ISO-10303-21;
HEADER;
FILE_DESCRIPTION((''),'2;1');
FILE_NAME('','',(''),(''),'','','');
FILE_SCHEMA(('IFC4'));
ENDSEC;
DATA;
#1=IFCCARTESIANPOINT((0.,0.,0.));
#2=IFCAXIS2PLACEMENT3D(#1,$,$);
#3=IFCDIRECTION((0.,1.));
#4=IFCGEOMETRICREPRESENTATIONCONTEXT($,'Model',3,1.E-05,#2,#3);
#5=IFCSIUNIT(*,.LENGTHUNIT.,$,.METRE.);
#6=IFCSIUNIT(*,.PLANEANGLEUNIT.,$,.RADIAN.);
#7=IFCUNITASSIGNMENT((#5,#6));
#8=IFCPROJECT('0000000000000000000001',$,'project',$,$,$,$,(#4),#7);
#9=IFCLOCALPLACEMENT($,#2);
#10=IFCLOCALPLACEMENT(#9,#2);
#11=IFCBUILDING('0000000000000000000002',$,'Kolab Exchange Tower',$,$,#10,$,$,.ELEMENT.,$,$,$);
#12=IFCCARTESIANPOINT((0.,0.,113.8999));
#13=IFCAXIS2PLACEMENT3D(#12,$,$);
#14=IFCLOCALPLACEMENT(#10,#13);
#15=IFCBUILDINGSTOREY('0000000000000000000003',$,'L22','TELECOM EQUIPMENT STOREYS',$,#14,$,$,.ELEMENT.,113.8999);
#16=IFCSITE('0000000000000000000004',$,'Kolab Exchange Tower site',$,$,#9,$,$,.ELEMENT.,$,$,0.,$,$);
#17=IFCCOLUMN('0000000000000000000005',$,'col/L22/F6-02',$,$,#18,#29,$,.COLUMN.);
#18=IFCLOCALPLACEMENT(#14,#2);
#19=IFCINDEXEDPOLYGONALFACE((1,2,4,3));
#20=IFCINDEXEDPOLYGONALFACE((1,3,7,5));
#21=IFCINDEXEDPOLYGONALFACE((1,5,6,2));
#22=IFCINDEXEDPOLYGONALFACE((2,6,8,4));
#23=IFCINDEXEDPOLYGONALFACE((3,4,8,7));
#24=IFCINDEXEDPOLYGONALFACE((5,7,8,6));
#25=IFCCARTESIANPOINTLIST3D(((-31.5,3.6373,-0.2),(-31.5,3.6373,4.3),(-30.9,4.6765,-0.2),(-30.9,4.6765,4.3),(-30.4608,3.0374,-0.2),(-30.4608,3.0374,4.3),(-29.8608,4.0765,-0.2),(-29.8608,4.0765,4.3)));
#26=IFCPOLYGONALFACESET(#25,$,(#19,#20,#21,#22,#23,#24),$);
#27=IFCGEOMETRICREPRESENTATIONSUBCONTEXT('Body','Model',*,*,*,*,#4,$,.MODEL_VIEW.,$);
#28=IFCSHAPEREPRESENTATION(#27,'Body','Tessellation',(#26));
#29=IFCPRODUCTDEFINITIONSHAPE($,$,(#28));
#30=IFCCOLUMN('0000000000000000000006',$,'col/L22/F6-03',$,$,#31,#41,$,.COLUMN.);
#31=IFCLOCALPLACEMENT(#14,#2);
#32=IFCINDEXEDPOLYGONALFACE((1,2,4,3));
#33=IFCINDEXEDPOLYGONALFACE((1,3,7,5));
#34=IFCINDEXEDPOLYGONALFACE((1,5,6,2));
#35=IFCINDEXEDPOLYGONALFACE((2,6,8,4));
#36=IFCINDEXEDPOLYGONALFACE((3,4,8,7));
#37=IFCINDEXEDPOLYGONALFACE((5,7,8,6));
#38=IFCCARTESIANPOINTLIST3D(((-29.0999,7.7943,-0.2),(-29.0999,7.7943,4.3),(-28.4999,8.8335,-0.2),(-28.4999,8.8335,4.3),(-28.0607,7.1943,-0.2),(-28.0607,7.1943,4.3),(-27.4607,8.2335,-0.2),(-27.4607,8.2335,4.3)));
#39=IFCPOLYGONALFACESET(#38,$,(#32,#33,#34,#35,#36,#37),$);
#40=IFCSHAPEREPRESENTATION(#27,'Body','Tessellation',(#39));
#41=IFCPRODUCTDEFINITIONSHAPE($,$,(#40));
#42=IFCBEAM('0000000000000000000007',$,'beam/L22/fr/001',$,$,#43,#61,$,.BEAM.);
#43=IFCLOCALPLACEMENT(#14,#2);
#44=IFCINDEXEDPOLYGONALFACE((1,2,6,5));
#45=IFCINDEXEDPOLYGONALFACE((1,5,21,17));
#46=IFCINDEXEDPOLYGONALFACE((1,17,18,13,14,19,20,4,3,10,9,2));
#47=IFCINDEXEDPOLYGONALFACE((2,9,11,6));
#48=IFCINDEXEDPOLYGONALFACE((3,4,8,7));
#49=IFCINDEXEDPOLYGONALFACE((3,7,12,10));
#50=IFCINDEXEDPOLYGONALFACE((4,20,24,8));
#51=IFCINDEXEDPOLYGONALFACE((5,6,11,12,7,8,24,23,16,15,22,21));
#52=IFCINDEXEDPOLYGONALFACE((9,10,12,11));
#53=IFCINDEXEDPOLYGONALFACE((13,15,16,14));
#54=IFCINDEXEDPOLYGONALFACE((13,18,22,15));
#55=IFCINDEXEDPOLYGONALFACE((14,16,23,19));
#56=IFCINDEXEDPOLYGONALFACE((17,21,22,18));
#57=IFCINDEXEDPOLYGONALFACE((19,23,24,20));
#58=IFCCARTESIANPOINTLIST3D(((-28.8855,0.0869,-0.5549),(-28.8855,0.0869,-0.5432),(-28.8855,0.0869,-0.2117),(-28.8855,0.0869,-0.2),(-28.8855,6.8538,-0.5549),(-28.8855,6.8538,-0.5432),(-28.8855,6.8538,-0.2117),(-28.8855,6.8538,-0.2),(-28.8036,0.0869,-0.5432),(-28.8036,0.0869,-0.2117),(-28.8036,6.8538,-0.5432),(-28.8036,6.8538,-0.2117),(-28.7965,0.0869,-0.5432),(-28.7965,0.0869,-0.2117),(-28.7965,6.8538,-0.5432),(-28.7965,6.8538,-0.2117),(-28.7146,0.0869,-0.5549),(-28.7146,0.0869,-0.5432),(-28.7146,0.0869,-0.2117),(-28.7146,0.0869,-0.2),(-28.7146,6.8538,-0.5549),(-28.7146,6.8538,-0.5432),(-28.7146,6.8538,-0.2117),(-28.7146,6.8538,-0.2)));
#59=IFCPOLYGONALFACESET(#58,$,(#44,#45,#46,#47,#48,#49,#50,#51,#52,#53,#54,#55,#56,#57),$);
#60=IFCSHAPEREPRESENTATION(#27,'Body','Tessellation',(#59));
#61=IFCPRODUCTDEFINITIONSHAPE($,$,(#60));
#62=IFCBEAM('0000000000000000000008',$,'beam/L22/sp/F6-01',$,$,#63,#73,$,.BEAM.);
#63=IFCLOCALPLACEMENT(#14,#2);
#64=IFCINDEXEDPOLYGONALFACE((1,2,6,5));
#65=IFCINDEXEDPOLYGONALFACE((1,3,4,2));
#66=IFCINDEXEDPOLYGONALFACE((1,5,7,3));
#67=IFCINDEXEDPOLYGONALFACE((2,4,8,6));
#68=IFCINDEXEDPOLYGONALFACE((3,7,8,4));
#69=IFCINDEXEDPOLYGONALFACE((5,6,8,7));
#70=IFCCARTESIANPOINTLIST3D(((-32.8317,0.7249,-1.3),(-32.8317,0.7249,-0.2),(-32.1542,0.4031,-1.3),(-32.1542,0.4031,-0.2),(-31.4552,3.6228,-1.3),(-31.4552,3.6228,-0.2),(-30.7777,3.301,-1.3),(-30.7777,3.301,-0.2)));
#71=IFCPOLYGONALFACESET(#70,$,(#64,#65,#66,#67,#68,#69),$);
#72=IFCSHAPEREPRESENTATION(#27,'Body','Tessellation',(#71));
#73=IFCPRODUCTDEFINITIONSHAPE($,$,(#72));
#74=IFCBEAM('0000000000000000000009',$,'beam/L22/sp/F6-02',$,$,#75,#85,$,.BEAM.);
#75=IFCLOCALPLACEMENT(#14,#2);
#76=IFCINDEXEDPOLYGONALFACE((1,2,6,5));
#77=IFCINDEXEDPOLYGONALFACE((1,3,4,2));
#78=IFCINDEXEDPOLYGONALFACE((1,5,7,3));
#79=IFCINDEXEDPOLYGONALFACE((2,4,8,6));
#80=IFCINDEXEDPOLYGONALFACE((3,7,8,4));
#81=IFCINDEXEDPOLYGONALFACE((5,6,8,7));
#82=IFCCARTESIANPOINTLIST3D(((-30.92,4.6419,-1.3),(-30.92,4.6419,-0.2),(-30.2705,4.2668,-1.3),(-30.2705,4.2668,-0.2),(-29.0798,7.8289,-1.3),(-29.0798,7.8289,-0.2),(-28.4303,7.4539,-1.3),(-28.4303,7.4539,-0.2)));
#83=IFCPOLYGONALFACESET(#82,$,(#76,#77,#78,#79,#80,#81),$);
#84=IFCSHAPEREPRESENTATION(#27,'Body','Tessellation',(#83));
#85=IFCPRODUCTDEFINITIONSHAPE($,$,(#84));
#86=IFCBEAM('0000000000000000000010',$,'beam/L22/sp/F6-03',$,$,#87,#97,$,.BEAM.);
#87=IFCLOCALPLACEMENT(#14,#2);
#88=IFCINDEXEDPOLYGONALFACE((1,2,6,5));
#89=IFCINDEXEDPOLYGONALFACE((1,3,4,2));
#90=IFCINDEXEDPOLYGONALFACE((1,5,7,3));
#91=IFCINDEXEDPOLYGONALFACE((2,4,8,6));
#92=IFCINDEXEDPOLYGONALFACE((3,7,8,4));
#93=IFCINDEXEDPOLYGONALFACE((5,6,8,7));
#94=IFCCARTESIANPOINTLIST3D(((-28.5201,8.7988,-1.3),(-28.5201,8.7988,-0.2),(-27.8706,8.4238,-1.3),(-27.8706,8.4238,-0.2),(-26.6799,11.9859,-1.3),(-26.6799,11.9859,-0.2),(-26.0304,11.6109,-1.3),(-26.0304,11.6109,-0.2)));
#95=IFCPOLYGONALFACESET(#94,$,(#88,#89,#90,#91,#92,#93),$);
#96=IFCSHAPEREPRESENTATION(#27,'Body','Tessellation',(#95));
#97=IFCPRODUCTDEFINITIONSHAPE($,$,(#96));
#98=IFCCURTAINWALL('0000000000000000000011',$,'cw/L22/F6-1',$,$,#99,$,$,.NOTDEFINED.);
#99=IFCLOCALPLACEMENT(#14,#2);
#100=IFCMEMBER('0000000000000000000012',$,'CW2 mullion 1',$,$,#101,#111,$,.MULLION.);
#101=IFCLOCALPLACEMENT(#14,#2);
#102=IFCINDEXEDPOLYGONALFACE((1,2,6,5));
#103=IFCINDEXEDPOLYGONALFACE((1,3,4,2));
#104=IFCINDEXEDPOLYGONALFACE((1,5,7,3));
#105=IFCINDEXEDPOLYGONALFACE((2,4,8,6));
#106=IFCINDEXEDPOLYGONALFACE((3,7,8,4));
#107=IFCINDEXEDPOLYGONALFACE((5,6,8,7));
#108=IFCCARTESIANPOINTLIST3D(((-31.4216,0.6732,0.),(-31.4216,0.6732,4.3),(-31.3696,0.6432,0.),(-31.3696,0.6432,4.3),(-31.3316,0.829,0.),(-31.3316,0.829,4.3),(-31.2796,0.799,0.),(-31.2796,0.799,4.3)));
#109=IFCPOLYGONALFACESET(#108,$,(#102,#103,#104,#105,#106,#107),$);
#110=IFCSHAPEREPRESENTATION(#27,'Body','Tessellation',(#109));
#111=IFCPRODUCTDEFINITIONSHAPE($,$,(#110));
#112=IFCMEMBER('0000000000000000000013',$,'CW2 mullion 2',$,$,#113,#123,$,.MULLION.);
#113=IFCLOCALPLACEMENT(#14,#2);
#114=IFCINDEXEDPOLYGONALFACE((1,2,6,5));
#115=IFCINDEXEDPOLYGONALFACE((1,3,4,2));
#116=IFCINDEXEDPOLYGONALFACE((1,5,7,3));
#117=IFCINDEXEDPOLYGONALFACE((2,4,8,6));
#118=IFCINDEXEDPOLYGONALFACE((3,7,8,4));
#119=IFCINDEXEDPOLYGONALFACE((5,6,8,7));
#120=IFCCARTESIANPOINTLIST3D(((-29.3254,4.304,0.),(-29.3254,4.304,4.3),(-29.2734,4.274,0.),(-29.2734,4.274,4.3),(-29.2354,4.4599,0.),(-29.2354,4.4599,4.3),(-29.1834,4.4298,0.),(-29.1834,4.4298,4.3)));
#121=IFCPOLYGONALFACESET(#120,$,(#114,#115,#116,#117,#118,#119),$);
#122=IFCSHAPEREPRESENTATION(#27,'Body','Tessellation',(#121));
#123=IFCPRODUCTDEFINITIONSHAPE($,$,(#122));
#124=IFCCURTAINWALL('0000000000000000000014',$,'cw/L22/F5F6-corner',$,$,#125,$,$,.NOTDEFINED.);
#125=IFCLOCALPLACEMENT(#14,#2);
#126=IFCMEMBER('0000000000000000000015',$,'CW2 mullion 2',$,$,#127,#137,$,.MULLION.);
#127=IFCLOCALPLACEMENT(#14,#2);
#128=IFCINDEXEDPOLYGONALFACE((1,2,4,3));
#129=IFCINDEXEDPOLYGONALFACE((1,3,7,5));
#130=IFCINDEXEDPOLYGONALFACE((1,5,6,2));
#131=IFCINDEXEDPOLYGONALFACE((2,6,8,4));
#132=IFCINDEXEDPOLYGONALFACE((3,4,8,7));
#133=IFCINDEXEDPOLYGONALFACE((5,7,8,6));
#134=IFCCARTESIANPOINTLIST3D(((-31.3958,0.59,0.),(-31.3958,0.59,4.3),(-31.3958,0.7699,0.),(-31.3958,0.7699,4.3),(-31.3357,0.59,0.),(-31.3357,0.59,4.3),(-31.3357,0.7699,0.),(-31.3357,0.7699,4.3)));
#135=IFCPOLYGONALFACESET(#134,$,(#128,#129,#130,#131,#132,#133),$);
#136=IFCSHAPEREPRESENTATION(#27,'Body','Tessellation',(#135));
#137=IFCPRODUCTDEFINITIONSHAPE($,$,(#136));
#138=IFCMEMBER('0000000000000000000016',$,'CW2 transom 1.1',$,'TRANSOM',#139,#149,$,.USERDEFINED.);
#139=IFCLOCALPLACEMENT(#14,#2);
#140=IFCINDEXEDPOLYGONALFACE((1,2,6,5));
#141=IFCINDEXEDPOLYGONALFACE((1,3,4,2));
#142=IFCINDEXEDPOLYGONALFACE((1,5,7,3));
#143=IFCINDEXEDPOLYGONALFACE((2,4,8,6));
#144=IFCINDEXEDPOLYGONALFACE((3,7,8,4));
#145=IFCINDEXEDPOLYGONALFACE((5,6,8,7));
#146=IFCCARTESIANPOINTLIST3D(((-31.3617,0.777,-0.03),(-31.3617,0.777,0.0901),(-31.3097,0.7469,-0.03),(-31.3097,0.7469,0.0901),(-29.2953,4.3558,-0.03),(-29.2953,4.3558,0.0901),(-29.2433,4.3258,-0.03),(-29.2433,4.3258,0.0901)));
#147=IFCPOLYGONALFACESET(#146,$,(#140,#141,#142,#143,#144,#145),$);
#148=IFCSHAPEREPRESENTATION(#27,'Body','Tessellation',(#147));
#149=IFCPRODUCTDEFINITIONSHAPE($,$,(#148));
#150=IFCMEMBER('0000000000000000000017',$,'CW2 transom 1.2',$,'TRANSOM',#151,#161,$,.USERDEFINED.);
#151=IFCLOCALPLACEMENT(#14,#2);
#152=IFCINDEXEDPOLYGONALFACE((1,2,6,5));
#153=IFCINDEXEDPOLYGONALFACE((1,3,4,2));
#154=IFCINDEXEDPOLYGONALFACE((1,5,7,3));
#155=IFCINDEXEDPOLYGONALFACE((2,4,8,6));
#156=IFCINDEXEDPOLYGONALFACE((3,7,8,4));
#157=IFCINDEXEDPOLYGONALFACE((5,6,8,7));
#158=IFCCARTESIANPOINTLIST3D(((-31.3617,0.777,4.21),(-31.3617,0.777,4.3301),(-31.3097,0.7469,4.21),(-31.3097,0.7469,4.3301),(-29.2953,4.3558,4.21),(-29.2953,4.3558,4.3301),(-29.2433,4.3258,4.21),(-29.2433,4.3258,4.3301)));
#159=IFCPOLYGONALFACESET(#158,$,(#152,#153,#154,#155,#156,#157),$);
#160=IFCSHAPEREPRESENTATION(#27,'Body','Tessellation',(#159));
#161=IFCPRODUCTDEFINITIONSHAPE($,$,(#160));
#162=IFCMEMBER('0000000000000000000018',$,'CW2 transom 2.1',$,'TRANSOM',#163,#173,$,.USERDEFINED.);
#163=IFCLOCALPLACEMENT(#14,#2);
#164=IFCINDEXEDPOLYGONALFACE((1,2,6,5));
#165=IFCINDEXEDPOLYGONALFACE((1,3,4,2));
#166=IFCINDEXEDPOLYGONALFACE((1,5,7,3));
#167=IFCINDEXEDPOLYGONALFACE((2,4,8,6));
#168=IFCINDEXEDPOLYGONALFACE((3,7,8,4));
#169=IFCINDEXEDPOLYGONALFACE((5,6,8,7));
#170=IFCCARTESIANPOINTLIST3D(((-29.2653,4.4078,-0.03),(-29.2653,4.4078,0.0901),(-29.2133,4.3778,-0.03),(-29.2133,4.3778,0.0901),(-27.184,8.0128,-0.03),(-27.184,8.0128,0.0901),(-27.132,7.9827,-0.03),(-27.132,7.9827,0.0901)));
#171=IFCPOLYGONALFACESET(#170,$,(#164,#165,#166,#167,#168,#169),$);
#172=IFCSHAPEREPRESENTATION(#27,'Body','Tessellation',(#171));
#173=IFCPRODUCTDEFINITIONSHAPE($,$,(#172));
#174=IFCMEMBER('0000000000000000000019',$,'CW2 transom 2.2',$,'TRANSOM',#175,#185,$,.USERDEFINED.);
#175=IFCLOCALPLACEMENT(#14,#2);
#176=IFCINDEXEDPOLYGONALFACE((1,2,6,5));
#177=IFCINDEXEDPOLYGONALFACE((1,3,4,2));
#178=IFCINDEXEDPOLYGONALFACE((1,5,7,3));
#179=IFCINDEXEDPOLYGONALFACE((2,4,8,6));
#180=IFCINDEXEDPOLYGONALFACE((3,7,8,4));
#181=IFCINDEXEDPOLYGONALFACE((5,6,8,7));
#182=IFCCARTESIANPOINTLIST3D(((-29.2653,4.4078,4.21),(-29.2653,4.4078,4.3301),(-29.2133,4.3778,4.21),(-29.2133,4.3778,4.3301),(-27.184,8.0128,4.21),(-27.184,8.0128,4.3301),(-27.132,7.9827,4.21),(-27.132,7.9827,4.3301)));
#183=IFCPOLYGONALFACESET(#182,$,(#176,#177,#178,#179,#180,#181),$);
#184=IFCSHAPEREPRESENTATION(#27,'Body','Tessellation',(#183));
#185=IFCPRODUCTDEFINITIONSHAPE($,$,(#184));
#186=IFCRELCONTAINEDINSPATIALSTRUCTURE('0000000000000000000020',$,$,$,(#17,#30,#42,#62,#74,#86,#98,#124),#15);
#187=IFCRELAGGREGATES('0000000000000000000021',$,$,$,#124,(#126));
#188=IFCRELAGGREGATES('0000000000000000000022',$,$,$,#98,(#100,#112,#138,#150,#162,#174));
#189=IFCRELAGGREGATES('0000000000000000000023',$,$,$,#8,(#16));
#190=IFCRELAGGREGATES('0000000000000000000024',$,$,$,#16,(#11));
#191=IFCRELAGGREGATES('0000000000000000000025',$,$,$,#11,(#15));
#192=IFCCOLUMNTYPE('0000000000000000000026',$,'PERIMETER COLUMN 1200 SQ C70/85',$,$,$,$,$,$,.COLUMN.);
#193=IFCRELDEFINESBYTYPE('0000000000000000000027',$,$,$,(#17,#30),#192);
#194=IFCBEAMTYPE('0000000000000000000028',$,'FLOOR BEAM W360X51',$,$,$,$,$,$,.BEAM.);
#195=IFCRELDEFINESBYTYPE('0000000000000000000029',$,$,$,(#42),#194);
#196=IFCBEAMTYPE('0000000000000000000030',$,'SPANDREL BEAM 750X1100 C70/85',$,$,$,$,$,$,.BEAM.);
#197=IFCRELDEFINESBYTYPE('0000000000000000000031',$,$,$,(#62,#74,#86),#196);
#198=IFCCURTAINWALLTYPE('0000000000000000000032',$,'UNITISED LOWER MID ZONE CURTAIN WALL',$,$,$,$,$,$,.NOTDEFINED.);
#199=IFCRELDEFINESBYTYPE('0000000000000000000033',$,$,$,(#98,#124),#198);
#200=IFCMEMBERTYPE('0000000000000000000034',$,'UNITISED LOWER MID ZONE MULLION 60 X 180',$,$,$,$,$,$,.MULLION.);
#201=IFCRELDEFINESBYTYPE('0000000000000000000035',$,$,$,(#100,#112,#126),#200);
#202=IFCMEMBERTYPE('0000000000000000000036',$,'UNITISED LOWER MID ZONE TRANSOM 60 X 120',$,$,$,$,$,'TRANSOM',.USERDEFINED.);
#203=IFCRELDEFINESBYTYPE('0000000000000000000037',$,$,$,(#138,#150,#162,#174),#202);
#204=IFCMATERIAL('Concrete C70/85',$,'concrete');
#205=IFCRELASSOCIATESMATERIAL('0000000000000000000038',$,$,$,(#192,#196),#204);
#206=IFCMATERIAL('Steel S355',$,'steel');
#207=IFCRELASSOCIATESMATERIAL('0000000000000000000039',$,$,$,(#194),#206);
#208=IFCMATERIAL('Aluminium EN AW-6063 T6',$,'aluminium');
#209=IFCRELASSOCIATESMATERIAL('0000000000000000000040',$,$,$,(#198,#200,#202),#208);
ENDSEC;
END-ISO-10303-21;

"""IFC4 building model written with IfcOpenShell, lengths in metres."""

from ifc_helpers import new_model, si_unit, direction, frame, origin, origin_2d, place, context, subcontext, project, spatial, rectangle, i_section, extrude, material, material_profile, profile_set, type_object, element, aggregate, save


model = new_model("IFC4")

# Units and contexts
model_context = context("Model", 3, precision=1e-05, world=origin(), true_north=direction((0.0, 1.0)))
body_context = subcontext(model_context, "Body", "Model", "MODEL_VIEW")
ifc_project = project(units=[si_unit("LENGTHUNIT", "METRE"), si_unit("PLANEANGLEUNIT", "RADIAN")], contexts=[model_context])

# Site, building, storey
site_placement = place(None, origin())
site = spatial("IfcSite", under=ifc_project, at=site_placement, Name="Kolab Exchange Tower site", CompositionType="ELEMENT", RefElevation=0.0)
building_placement = place(site_placement, origin())
building = spatial("IfcBuilding", under=site, at=building_placement, Name="Kolab Exchange Tower", CompositionType="ELEMENT")
storey_placement = place(building_placement, frame((0.0, 0.0, 113.8999)))
storey = spatial("IfcBuildingStorey", under=building, at=storey_placement, Name="L22", Description="TELECOM EQUIPMENT STOREYS", CompositionType="ELEMENT", Elevation=113.8999)

# Columns
ifc_material_1 = material(Name="Concrete C70/85", Category="concrete")
ifc_material_profile_1 = material_profile(ifc_material_1, rectangle(XDim=1.2, YDim=1.2, at=origin_2d()), Name="RC1200")
ifc_profile_set_1 = profile_set([ifc_material_profile_1], Name="Concrete C70/85")
column_type = type_object("IfcColumnType", Name="PERIMETER COLUMN 1200 SQ C70/85", PredefinedType="COLUMN", material=ifc_profile_set_1)
for number, where, z_axis, x_axis, name in (
    (1, (-30.6804, 3.8569, -0.2), (0.0, 0.0, 1.0), (0.5, 0.866025, 0.0), "col/L22/F6-02"),
    (2, (-28.2803, 8.0139, -0.2), (0.0, 0.0, 1.0), (0.5, 0.866025, 0.0), "col/L22/F6-03"),
):
    element("IfcColumn", number, at=place(storey_placement, frame(where, z_axis=z_axis, x_axis=x_axis)), inside=storey, type_object=column_type, Name=name, PredefinedType="COLUMN", context=body_context, shape_type="SweptSolid", body=[
        extrude(rectangle(XDim=1.2, YDim=1.2, at=origin_2d()), origin(), (0.0, 0.0, 1.0), 4.5),
    ])

# Beams
ifc_material_2 = material(Name="Steel S355", Category="steel")
ifc_material_profile_2 = material_profile(ifc_material_2, i_section(OverallWidth=0.1709, OverallDepth=0.355, WebThickness=0.0071, FlangeThickness=0.0117, at=origin_2d()), Name="W360X51")
ifc_profile_set_2 = profile_set([ifc_material_profile_2], Name="Steel S355")
beam_type_1 = type_object("IfcBeamType", Name="FLOOR BEAM W360X51", PredefinedType="BEAM", material=ifc_profile_set_2)
beam_1_placement = place(storey_placement, frame((-28.8, 0.0869, -0.3774), z_axis=(0.0, 1.0, 0.0), x_axis=(-1.0, 0.0, 0.0)))
element("IfcBeam", 3, at=beam_1_placement, inside=storey, type_object=beam_type_1, Name="beam/L22/fr/001", PredefinedType="BEAM", context=body_context, shape_type="SweptSolid", body=[
    extrude(i_section(OverallWidth=0.1709, OverallDepth=0.355, WebThickness=0.0071, FlangeThickness=0.0117, at=origin_2d()), origin(), (0.0, 0.0, 1.0), 6.7668),
])
ifc_material_profile_3 = material_profile(ifc_material_1, rectangle(XDim=0.75, YDim=1.1001, at=origin_2d()), Name="RC750X1100")
ifc_profile_set_3 = profile_set([ifc_material_profile_3], Name="Concrete C70/85")
beam_type_2 = type_object("IfcBeamType", Name="SPANDREL BEAM 750X1100 C70/85", PredefinedType="BEAM", material=ifc_profile_set_3)
beam_2_placement = place(storey_placement, frame((-32.4929, 0.564, -0.75), z_axis=(0.429041, 0.903285, 0.0), x_axis=(-0.903285, 0.429041, 0.0)))
element("IfcBeam", 4, at=beam_2_placement, inside=storey, type_object=beam_type_2, Name="beam/L22/sp/F6-01", PredefinedType="BEAM", context=body_context, shape_type="SweptSolid", body=[
    extrude(rectangle(XDim=0.75, YDim=1.1001, at=origin_2d()), origin(), (0.0, 0.0, 1.0), 3.2083),
])
for number, where, z_axis, x_axis, name in (
    (5, (-30.5952, 4.4543, -0.75), (0.500013, 0.866018, 0.0), (-0.866018, 0.500013, 0.0), "beam/L22/sp/F6-02"),
    (6, (-28.1953, 8.6113, -0.75), (0.500013, 0.866018, 0.0), (-0.866018, 0.500013, 0.0), "beam/L22/sp/F6-03"),
):
    element("IfcBeam", number, at=place(storey_placement, frame(where, z_axis=z_axis, x_axis=x_axis)), inside=storey, type_object=beam_type_2, Name=name, PredefinedType="BEAM", context=body_context, shape_type="SweptSolid", body=[
        extrude(rectangle(XDim=0.75, YDim=1.1001, at=origin_2d()), origin(), (0.0, 0.0, 1.0), 3.6802),
    ])

# Curtain wall, members
ifc_material_3 = material(Name="Aluminium EN AW-6063 T6", Category="aluminium")
curtain_wall_type = type_object("IfcCurtainWallType", Name="UNITISED LOWER MID ZONE CURTAIN WALL", PredefinedType="NOTDEFINED", material=ifc_material_3)
curtain_wall_1_placement = place(storey_placement, origin())
curtain_wall_1 = element("IfcCurtainWall", 7, at=curtain_wall_1_placement, inside=storey, type_object=curtain_wall_type, Name="cw/L22/F6-1", PredefinedType="NOTDEFINED")
ifc_material_profile_4 = material_profile(ifc_material_3, rectangle(XDim=0.0601, YDim=0.1799, at=origin_2d()), Name="RECT 60X180")
ifc_profile_set_4 = profile_set([ifc_material_profile_4], Name="Aluminium EN AW-6063 T6")
member_type_1 = type_object("IfcMemberType", Name="UNITISED LOWER MID ZONE MULLION 60 X 180", PredefinedType="MULLION", material=ifc_profile_set_4)
member_1_placement = place(storey_placement, frame((-31.3506, 0.7361, 0.0), z_axis=(0.0, 0.0, 1.0), x_axis=(-0.866025, 0.5, 0.0)))
member_1 = element("IfcMember", 8, at=member_1_placement, type_object=member_type_1, Name="CW2 mullion 1", PredefinedType="MULLION", context=body_context, shape_type="SweptSolid", body=[
    extrude(rectangle(XDim=0.0601, YDim=0.1799, at=origin_2d()), origin(), (0.0, 0.0, 1.0), 4.3),
])
member_2_placement = place(storey_placement, frame((-29.2544, 4.3669, 0.0), z_axis=(0.0, 0.0, 1.0), x_axis=(-0.866025, 0.5, 0.0)))
member_2 = element("IfcMember", 9, at=member_2_placement, type_object=member_type_1, Name="CW2 mullion 2", PredefinedType="MULLION", context=body_context, shape_type="SweptSolid", body=[
    extrude(rectangle(XDim=0.0601, YDim=0.1799, at=origin_2d()), origin(), (0.0, 0.0, 1.0), 4.3),
])

# Curtain wall, member
curtain_wall_2_placement = place(storey_placement, origin())
curtain_wall_2 = element("IfcCurtainWall", 10, at=curtain_wall_2_placement, inside=storey, type_object=curtain_wall_type, Name="cw/L22/F5F6-corner", PredefinedType="NOTDEFINED")
member_3_placement = place(storey_placement, frame((-31.3657, 0.6799, 0.0), z_axis=(0.0, 0.0, 1.0), x_axis=(-1.0, 0.0, 0.0)))
member_3 = element("IfcMember", 11, at=member_3_placement, type_object=member_type_1, Name="CW2 mullion 2", PredefinedType="MULLION", context=body_context, shape_type="SweptSolid", body=[
    extrude(rectangle(XDim=0.0601, YDim=0.1799, at=origin_2d()), origin(), (0.0, 0.0, 1.0), 4.3),
])
aggregate(curtain_wall_2, [member_3])

# Members
ifc_material_profile_5 = material_profile(ifc_material_3, rectangle(XDim=0.0601, YDim=0.1201, at=origin_2d()), Name="RECT 60X120")
ifc_profile_set_5 = profile_set([ifc_material_profile_5], Name="Aluminium EN AW-6063 T6")
member_type_2 = type_object("IfcMemberType", Name="UNITISED LOWER MID ZONE TRANSOM 60 X 120", ElementType="TRANSOM", PredefinedType="USERDEFINED", material=ifc_profile_set_5)
member_4_placement = place(storey_placement, frame((-31.3357, 0.762, 0.03), z_axis=(0.500028, 0.866009, 0.0), x_axis=(-0.866009, 0.500028, 0.0)))
member_4 = element("IfcMember", 12, at=member_4_placement, type_object=member_type_2, Name="CW2 transom 1.1", ObjectType="TRANSOM", PredefinedType="USERDEFINED", context=body_context, shape_type="SweptSolid", body=[
    extrude(rectangle(XDim=0.0601, YDim=0.1201, at=origin_2d()), origin(), (0.0, 0.0, 1.0), 4.1326),
])
member_5_placement = place(storey_placement, frame((-31.3357, 0.762, 4.27), z_axis=(0.500028, 0.866009, 0.0), x_axis=(-0.866009, 0.500028, 0.0)))
member_5 = element("IfcMember", 13, at=member_5_placement, type_object=member_type_2, Name="CW2 transom 1.2", ObjectType="TRANSOM", PredefinedType="USERDEFINED", context=body_context, shape_type="SweptSolid", body=[
    extrude(rectangle(XDim=0.0601, YDim=0.1201, at=origin_2d()), origin(), (0.0, 0.0, 1.0), 4.1326),
])
member_6_placement = place(storey_placement, frame((-29.2393, 4.3928, 0.03), z_axis=(0.499993, 0.866029, 0.0), x_axis=(-0.866029, 0.499993, 0.0)))
member_6 = element("IfcMember", 14, at=member_6_placement, type_object=member_type_2, Name="CW2 transom 2.1", ObjectType="TRANSOM", PredefinedType="USERDEFINED", context=body_context, shape_type="SweptSolid", body=[
    extrude(rectangle(XDim=0.0601, YDim=0.1201, at=origin_2d()), origin(), (0.0, 0.0, 1.0), 4.1626),
])
member_7_placement = place(storey_placement, frame((-29.2393, 4.3928, 4.27), z_axis=(0.499993, 0.866029, 0.0), x_axis=(-0.866029, 0.499993, 0.0)))
member_7 = element("IfcMember", 15, at=member_7_placement, type_object=member_type_2, Name="CW2 transom 2.2", ObjectType="TRANSOM", PredefinedType="USERDEFINED", context=body_context, shape_type="SweptSolid", body=[
    extrude(rectangle(XDim=0.0601, YDim=0.1201, at=origin_2d()), origin(), (0.0, 0.0, 1.0), 4.1626),
])

aggregate(curtain_wall_1, [member_1, member_2, member_4, member_5, member_6, member_7])

save(model, "model.ifc")
